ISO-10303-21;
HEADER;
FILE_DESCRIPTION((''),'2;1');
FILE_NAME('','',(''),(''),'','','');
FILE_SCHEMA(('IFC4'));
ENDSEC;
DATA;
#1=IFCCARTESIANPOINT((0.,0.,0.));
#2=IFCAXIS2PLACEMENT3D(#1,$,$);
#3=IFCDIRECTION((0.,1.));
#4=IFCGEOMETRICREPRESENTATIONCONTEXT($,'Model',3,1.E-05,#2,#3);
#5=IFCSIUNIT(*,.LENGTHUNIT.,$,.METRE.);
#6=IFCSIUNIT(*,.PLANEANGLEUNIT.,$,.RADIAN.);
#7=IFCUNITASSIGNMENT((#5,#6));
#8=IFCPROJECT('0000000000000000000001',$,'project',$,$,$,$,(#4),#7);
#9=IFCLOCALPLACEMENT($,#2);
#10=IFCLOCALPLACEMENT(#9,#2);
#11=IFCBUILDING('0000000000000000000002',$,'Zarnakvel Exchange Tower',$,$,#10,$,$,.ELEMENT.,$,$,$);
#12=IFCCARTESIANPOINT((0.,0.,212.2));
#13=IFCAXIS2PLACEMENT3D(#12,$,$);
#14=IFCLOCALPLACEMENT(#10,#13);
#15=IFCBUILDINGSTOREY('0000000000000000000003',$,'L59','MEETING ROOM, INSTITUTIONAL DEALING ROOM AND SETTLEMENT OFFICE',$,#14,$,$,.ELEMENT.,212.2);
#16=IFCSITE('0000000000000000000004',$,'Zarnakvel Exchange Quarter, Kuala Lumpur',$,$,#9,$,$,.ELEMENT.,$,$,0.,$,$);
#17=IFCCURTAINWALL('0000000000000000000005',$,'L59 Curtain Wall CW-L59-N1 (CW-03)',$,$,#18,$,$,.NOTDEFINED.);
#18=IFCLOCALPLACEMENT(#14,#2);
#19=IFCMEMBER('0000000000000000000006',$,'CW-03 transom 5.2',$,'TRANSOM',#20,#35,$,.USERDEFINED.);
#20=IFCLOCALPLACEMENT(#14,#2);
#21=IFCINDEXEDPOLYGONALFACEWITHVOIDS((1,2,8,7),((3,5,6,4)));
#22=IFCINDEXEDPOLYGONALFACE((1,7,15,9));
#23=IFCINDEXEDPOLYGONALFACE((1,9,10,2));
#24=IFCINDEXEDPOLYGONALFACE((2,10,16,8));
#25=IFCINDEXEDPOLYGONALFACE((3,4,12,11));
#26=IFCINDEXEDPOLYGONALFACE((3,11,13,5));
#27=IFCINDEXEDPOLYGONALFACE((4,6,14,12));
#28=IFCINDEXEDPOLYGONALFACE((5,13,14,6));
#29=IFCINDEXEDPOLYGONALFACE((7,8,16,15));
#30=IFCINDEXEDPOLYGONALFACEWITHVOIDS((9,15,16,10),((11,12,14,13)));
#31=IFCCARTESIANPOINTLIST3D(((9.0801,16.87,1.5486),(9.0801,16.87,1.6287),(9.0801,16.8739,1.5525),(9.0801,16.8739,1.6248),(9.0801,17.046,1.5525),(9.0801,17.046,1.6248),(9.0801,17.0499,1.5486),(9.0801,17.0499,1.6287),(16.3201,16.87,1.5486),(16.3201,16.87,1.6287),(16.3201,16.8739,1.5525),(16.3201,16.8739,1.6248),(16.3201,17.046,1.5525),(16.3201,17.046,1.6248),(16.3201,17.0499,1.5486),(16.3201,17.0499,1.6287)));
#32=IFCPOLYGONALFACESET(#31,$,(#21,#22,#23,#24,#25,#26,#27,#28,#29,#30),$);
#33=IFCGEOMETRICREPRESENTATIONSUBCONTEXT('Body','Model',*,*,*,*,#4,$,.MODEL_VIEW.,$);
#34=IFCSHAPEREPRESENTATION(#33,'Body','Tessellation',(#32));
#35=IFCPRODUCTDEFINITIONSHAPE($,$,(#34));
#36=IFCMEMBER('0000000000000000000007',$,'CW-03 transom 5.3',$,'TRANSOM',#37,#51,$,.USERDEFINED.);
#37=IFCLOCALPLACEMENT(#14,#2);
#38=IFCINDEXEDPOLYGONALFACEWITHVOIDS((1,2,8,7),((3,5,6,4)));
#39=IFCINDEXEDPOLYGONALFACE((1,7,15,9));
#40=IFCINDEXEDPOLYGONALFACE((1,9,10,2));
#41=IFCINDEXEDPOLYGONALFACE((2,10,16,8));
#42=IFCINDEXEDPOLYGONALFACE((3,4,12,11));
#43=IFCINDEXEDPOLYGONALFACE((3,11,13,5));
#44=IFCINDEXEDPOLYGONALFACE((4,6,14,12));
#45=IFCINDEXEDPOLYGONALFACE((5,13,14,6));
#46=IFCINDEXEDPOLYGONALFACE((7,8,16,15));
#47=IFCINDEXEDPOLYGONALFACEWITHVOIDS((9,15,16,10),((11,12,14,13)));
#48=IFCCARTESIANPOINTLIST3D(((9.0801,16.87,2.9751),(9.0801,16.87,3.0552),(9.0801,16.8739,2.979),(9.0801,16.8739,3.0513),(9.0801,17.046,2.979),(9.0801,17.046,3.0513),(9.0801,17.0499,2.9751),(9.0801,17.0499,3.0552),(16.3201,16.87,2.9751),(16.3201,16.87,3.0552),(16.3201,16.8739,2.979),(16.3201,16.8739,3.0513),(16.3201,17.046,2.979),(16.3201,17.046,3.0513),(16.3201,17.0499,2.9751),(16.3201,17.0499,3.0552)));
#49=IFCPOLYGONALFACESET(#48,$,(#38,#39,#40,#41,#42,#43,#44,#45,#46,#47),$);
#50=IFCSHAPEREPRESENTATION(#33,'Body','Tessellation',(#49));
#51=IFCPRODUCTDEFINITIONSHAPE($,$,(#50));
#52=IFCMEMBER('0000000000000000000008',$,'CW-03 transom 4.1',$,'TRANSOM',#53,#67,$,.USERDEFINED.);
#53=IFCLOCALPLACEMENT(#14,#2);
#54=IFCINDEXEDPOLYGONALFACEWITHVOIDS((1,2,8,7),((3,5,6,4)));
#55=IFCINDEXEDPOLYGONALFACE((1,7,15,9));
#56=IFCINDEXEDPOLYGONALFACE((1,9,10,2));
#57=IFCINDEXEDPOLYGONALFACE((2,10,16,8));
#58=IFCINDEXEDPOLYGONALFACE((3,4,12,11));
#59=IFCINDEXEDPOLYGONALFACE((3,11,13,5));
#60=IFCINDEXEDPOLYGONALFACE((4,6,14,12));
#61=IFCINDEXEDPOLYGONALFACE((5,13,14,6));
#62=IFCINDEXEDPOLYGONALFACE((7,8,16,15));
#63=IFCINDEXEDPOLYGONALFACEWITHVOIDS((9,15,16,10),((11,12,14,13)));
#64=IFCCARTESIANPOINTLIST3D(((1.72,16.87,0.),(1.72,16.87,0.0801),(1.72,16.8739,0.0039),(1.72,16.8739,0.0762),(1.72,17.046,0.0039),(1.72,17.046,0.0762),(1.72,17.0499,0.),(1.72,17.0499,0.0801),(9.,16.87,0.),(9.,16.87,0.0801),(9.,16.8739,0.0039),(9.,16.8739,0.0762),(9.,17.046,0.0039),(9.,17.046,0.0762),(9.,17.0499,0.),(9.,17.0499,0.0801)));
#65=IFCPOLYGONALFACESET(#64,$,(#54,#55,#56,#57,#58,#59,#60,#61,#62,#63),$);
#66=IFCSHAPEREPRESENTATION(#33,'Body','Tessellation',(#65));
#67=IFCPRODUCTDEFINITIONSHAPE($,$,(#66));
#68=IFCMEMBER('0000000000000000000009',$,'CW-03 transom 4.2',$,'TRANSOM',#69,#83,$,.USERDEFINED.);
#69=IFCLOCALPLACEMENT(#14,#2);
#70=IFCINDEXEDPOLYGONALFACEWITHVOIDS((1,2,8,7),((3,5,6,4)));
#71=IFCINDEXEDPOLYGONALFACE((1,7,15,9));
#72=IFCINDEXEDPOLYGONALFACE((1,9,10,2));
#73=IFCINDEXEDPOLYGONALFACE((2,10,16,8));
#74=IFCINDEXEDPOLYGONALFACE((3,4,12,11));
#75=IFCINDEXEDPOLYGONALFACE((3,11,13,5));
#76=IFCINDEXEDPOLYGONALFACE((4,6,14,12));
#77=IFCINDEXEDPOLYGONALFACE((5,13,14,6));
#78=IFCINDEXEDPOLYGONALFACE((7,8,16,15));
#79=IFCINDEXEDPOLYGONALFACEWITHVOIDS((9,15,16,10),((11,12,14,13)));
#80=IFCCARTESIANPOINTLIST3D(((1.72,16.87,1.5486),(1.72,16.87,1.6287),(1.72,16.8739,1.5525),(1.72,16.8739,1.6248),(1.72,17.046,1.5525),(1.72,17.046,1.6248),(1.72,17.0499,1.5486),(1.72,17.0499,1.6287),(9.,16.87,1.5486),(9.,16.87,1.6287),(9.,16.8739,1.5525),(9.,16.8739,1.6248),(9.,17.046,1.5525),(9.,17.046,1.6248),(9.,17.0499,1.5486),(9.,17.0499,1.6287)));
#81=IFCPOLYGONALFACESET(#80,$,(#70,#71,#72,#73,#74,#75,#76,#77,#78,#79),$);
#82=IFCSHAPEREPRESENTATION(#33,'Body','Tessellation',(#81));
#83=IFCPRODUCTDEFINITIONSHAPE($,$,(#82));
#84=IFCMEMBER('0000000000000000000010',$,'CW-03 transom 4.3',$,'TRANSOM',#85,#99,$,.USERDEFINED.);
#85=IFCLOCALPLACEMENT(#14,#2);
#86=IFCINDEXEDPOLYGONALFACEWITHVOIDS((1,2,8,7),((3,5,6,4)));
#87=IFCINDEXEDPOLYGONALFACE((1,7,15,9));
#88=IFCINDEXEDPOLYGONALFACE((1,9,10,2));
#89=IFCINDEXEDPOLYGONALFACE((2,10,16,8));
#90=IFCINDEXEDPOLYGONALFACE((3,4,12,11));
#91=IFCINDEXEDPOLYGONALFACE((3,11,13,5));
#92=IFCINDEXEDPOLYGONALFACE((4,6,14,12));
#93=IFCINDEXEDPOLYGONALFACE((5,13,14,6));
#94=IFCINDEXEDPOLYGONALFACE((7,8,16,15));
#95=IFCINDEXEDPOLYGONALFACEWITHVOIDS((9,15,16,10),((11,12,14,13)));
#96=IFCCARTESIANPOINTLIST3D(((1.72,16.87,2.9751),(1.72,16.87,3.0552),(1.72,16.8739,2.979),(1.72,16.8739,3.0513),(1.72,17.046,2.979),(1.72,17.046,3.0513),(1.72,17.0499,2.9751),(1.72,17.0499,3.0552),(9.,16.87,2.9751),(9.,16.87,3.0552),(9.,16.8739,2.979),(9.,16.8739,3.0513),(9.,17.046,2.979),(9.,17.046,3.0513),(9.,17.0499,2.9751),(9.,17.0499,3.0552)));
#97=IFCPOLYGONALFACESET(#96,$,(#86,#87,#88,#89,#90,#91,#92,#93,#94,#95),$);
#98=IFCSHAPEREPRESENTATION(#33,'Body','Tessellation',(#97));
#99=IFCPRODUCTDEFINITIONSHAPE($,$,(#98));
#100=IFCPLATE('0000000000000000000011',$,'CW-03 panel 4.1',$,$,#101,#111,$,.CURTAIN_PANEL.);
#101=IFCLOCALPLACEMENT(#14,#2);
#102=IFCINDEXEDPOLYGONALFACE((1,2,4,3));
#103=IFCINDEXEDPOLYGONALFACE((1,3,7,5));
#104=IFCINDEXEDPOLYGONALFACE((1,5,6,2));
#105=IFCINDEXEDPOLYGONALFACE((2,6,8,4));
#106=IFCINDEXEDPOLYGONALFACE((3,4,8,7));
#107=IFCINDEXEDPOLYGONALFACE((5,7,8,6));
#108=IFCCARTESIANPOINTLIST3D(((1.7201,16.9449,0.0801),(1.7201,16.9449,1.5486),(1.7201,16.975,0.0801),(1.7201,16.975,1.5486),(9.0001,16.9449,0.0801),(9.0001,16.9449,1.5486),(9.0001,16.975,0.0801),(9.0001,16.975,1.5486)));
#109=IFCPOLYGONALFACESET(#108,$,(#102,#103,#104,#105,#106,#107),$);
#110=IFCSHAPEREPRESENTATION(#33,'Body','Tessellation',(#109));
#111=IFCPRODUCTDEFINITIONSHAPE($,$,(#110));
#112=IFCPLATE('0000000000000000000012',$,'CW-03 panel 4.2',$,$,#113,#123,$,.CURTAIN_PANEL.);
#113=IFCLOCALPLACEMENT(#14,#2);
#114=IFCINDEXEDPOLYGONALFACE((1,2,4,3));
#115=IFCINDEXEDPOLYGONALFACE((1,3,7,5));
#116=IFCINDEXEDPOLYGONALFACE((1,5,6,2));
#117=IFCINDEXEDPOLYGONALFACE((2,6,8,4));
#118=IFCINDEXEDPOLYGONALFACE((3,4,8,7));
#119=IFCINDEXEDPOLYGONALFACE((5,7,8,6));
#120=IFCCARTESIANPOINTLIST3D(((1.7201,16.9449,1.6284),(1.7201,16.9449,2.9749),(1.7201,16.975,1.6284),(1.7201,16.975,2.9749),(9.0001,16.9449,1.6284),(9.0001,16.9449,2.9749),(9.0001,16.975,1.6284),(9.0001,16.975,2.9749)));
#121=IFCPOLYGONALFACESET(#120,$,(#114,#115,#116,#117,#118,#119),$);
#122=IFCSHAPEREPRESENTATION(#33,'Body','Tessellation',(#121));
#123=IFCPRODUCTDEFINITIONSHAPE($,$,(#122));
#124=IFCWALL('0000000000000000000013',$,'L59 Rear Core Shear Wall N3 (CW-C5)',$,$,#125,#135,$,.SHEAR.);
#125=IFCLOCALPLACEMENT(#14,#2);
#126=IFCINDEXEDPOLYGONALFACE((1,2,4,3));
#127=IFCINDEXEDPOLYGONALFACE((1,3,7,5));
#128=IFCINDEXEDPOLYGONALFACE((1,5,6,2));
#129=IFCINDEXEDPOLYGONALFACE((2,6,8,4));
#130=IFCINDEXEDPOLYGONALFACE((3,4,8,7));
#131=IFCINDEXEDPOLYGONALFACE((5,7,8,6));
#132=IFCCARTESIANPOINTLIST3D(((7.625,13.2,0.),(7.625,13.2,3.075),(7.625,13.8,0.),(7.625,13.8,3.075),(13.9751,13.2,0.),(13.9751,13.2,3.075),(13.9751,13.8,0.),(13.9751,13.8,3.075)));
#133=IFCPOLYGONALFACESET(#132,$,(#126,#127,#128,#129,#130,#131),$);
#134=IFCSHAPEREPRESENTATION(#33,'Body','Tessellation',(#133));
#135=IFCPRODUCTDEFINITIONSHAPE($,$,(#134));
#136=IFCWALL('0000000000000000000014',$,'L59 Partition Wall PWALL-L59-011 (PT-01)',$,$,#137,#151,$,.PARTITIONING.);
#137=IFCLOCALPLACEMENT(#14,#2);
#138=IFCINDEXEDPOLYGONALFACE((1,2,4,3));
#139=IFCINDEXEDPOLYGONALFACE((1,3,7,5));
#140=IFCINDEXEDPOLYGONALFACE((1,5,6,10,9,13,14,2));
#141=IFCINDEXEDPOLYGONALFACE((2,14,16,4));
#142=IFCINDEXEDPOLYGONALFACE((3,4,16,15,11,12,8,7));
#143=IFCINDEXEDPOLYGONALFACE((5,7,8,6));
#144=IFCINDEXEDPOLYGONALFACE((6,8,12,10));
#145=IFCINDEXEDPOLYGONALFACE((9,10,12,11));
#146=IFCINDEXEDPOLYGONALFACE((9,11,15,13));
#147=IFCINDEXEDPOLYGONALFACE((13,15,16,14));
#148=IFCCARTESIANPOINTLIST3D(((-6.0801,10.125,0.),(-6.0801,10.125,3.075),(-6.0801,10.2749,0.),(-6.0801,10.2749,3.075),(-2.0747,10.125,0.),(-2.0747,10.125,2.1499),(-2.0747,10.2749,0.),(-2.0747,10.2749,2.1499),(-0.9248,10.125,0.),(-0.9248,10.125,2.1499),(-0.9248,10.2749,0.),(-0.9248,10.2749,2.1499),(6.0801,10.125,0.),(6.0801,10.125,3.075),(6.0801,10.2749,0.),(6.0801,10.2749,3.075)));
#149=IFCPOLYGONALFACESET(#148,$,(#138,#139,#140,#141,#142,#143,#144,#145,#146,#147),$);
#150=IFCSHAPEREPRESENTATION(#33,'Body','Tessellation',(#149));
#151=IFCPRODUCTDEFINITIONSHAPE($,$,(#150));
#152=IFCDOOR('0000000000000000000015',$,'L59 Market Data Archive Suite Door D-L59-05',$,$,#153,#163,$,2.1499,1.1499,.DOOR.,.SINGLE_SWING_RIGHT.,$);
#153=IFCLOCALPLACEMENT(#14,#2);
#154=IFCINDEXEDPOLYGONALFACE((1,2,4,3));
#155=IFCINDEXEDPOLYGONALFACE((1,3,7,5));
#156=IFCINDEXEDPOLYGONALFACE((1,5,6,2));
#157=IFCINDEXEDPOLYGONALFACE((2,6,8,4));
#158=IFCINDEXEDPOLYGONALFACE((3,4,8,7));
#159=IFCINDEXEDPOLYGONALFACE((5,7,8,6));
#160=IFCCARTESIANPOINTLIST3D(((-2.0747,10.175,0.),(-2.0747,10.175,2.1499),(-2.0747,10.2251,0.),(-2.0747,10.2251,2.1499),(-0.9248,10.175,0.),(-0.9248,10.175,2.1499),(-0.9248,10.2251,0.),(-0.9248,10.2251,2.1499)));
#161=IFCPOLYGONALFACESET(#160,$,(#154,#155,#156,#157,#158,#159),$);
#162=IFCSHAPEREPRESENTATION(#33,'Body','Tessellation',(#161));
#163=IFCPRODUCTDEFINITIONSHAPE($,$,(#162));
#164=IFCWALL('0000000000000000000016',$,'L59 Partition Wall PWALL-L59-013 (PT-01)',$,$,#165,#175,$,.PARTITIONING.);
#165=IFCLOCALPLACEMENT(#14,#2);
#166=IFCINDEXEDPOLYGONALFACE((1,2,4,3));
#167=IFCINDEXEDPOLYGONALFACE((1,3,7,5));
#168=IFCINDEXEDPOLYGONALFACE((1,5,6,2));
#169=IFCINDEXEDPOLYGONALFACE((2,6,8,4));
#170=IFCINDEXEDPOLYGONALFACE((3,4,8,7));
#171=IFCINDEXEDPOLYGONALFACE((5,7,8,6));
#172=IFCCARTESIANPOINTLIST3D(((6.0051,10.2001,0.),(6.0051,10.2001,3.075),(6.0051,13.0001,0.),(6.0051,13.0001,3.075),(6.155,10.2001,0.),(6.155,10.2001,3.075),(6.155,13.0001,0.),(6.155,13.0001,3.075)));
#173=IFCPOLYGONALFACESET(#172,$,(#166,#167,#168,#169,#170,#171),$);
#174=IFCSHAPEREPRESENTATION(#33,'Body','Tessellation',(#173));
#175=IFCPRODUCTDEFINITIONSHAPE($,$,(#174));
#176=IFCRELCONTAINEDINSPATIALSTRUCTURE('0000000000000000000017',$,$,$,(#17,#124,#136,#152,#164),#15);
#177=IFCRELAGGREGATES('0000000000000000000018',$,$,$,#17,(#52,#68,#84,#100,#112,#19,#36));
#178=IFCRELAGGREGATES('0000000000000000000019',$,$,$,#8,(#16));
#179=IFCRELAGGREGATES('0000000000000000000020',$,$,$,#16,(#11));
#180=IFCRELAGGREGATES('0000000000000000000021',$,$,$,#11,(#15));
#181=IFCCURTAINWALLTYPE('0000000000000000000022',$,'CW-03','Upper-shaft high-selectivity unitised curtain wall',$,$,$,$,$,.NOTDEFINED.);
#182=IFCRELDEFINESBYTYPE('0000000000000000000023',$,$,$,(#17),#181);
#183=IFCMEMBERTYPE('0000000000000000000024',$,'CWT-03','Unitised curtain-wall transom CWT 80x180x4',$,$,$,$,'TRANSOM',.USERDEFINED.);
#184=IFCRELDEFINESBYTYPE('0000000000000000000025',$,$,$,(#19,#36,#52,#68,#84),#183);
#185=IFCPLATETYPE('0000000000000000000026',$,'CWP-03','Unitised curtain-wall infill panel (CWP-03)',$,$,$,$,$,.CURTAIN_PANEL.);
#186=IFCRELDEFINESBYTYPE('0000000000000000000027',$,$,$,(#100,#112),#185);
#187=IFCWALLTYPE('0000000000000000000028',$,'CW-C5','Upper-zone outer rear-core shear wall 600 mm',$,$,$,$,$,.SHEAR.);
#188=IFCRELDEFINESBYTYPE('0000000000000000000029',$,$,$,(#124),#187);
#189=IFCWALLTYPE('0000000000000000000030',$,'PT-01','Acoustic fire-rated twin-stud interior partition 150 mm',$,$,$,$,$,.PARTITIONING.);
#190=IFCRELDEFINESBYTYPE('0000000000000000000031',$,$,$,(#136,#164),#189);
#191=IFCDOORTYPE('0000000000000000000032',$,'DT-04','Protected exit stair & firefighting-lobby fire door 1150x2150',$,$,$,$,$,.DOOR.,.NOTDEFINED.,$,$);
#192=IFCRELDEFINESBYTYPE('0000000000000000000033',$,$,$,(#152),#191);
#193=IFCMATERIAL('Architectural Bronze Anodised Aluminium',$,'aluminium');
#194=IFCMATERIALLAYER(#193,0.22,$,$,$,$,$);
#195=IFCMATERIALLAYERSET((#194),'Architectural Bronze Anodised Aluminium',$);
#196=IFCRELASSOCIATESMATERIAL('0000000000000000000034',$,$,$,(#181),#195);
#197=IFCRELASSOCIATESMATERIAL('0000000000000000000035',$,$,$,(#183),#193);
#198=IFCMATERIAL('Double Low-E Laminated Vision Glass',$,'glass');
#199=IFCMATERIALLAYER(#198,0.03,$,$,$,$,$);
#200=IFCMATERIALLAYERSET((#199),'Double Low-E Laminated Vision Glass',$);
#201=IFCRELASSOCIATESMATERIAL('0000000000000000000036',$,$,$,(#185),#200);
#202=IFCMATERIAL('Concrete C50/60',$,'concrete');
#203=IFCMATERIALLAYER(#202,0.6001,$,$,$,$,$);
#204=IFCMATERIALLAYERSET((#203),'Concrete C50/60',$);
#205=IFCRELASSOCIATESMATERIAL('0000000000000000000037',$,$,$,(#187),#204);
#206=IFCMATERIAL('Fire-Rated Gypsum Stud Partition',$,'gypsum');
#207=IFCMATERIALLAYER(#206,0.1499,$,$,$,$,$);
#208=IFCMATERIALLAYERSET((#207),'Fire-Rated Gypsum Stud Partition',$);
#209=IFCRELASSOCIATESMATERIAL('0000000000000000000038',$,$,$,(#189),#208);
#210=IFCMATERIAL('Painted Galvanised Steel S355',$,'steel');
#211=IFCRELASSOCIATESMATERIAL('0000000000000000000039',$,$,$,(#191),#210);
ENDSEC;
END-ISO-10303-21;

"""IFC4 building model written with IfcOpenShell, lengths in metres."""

from ifc_helpers import new_model, si_unit, direction, frame, frame_2d, origin, origin_2d, place, context, subcontext, project, spatial, rectangle, hollow_rectangle, extrude, source, transform, mapped, material, layer, layer_set, material_profile, profile_set, type_object, element, fill, aggregate, save


model = new_model("IFC4")

# Units and contexts
model_context = context("Model", 3, precision=1e-05, world=origin(), true_north=direction((0.0, 1.0)))
body_context = subcontext(model_context, "Body", "Model", "MODEL_VIEW")
ifc_project = project(units=[si_unit("LENGTHUNIT", "METRE"), si_unit("PLANEANGLEUNIT", "RADIAN")], contexts=[model_context])

# Site, building, storey
site_placement = place(None, origin())
site = spatial("IfcSite", under=ifc_project, at=site_placement, Name="Zarnakvel Exchange Quarter, Kuala Lumpur", CompositionType="ELEMENT", RefElevation=0.0)
building_placement = place(site_placement, origin())
building = spatial("IfcBuilding", under=site, at=building_placement, Name="Zarnakvel Exchange Tower", CompositionType="ELEMENT")
storey_placement = place(building_placement, frame((0.0, 0.0, 212.2)))
storey = spatial("IfcBuildingStorey", under=building, at=storey_placement, Name="L59", Description="MEETING ROOM, INSTITUTIONAL DEALING ROOM AND SETTLEMENT OFFICE", CompositionType="ELEMENT", Elevation=212.2)

# Shared definitions
ifc_material_1 = material(Name="Concrete C50/60", Category="concrete")

# Curtain wall, members, plates
ifc_material_2 = material(Name="Architectural Bronze Anodised Aluminium", Category="aluminium")
ifc_layer_1 = layer(ifc_material_2, 0.22)
ifc_layer_set_1 = layer_set([ifc_layer_1], Name="Architectural Bronze Anodised Aluminium")
curtain_wall_type = type_object("IfcCurtainWallType", Name="CW-03", Description="Upper-shaft high-selectivity unitised curtain wall", PredefinedType="NOTDEFINED", material=ifc_layer_set_1)
curtain_wall_placement = place(storey_placement, origin())
curtain_wall = element("IfcCurtainWall", 1, at=curtain_wall_placement, inside=storey, type_object=curtain_wall_type, Name="L59 Curtain Wall CW-L59-N1 (CW-03)", PredefinedType="NOTDEFINED")
ifc_material_profile_1 = material_profile(ifc_material_2, hollow_rectangle(XDim=0.1799, YDim=0.0801, WallThickness=0.0039, at=origin_2d()))
ifc_profile_set_1 = profile_set([ifc_material_profile_1], Name="Architectural Bronze Anodised Aluminium")
member_type_1 = type_object("IfcMemberType", Name="CWT-03", Description="Unitised curtain-wall transom CWT 80x180x4", ElementType="TRANSOM", PredefinedType="USERDEFINED", material=ifc_profile_set_1)
shared_shape_1 = source(origin(), body_context, "Body", "SweptSolid", [
    extrude(hollow_rectangle(XDim=0.1799, YDim=0.0801, WallThickness=0.0039, at=origin_2d()), origin(), (0.0, 0.0, 1.0), 7.24),
])
member_1_placement = place(storey_placement, frame((9.0801, 16.96, 1.5886), z_axis=(1.0, 0.0, 0.0), x_axis=(0.0, 1.0, 0.0)))
member_1 = element("IfcMember", 2, at=member_1_placement, type_object=member_type_1, Name="CW-03 transom 5.2", ObjectType="TRANSOM", PredefinedType="USERDEFINED", context=body_context, shape_type="MappedRepresentation", body=[
    mapped(shared_shape_1, transform((0.0, 0.0, 0.0), x_axis=(1.0, 0.0, 0.0), y_axis=(0.0, 1.0, 0.0), z_axis=(0.0, 0.0, 1.0), scale=1.0)),
])
member_2_placement = place(storey_placement, frame((9.0801, 16.96, 3.0151), z_axis=(1.0, 0.0, 0.0), x_axis=(0.0, 1.0, 0.0)))
member_2 = element("IfcMember", 3, at=member_2_placement, type_object=member_type_1, Name="CW-03 transom 5.3", ObjectType="TRANSOM", PredefinedType="USERDEFINED", context=body_context, shape_type="MappedRepresentation", body=[
    mapped(shared_shape_1, transform((0.0, 0.0, 0.0), x_axis=(1.0, 0.0, 0.0), y_axis=(0.0, 1.0, 0.0), z_axis=(0.0, 0.0, 1.0), scale=1.0)),
])
shared_shape_2 = source(origin(), body_context, "Body", "SweptSolid", [
    extrude(hollow_rectangle(XDim=0.1799, YDim=0.0801, WallThickness=0.0039, at=origin_2d()), origin(), (0.0, 0.0, 1.0), 7.28),
])
member_3_placement = place(storey_placement, frame((1.72, 16.96, 0.04), z_axis=(1.0, 0.0, 0.0), x_axis=(0.0, 1.0, 0.0)))
member_3 = element("IfcMember", 4, at=member_3_placement, type_object=member_type_1, Name="CW-03 transom 4.1", ObjectType="TRANSOM", PredefinedType="USERDEFINED", context=body_context, shape_type="MappedRepresentation", body=[
    mapped(shared_shape_2, transform((0.0, 0.0, 0.0), x_axis=(1.0, 0.0, 0.0), y_axis=(0.0, 1.0, 0.0), z_axis=(0.0, 0.0, 1.0), scale=1.0)),
])
member_4_placement = place(storey_placement, frame((1.72, 16.96, 1.5886), z_axis=(1.0, 0.0, 0.0), x_axis=(0.0, 1.0, 0.0)))
member_4 = element("IfcMember", 5, at=member_4_placement, type_object=member_type_1, Name="CW-03 transom 4.2", ObjectType="TRANSOM", PredefinedType="USERDEFINED", context=body_context, shape_type="MappedRepresentation", body=[
    mapped(shared_shape_2, transform((0.0, 0.0, 0.0), x_axis=(1.0, 0.0, 0.0), y_axis=(0.0, 1.0, 0.0), z_axis=(0.0, 0.0, 1.0), scale=1.0)),
])
member_5_placement = place(storey_placement, frame((1.72, 16.96, 3.0151), z_axis=(1.0, 0.0, 0.0), x_axis=(0.0, 1.0, 0.0)))
member_5 = element("IfcMember", 6, at=member_5_placement, type_object=member_type_1, Name="CW-03 transom 4.3", ObjectType="TRANSOM", PredefinedType="USERDEFINED", context=body_context, shape_type="MappedRepresentation", body=[
    mapped(shared_shape_2, transform((0.0, 0.0, 0.0), x_axis=(1.0, 0.0, 0.0), y_axis=(0.0, 1.0, 0.0), z_axis=(0.0, 0.0, 1.0), scale=1.0)),
])
ifc_material_3 = material(Name="Double Low-E Laminated Vision Glass", Category="glass")
ifc_layer_2 = layer(ifc_material_3, 0.03)
ifc_layer_set_2 = layer_set([ifc_layer_2], Name="Double Low-E Laminated Vision Glass")
plate_type = type_object("IfcPlateType", Name="CWP-03", Description="Unitised curtain-wall infill panel (CWP-03)", PredefinedType="CURTAIN_PANEL", material=ifc_layer_set_2)
shared_shape_3 = source(origin(), body_context, "Body", "SweptSolid", [
    extrude(rectangle(XDim=7.28, YDim=0.03, at=origin_2d()), origin(), (0.0, 0.0, 1.0), 1.4685),
])
plate_1_placement = place(storey_placement, frame((5.3601, 16.96, 0.0801), z_axis=(0.0, 0.0, 1.0), x_axis=(1.0, 0.0, 0.0)))
plate_1 = element("IfcPlate", 7, at=plate_1_placement, type_object=plate_type, Name="CW-03 panel 4.1", PredefinedType="CURTAIN_PANEL", context=body_context, shape_type="MappedRepresentation", body=[
    mapped(shared_shape_3, transform((0.0, 0.0, 0.0), x_axis=(1.0, 0.0, 0.0), y_axis=(0.0, 1.0, 0.0), z_axis=(0.0, 0.0, 1.0), scale=1.0)),
])
shared_shape_4 = source(origin(), body_context, "Body", "SweptSolid", [
    extrude(rectangle(XDim=7.28, YDim=0.03, at=origin_2d()), origin(), (0.0, 0.0, 1.0), 1.3464),
])
plate_2_placement = place(storey_placement, frame((5.3601, 16.96, 1.6284), z_axis=(0.0, 0.0, 1.0), x_axis=(1.0, 0.0, 0.0)))
plate_2 = element("IfcPlate", 8, at=plate_2_placement, type_object=plate_type, Name="CW-03 panel 4.2", PredefinedType="CURTAIN_PANEL", context=body_context, shape_type="MappedRepresentation", body=[
    mapped(shared_shape_4, transform((0.0, 0.0, 0.0), x_axis=(1.0, 0.0, 0.0), y_axis=(0.0, 1.0, 0.0), z_axis=(0.0, 0.0, 1.0), scale=1.0)),
])
aggregate(curtain_wall, [member_3, member_4, member_5, plate_1, plate_2, member_1, member_2])

# Wall
ifc_layer_3 = layer(ifc_material_1, 0.6001)
ifc_layer_set_3 = layer_set([ifc_layer_3], Name="Concrete C50/60")
wall_type_1 = type_object("IfcWallType", Name="CW-C5", Description="Upper-zone outer rear-core shear wall 600 mm", PredefinedType="SHEAR", material=ifc_layer_set_3)
wall_1_placement = place(storey_placement, frame((7.625, 13.5, 0.0), z_axis=(0.0, 0.0, 1.0), x_axis=(1.0, 0.0, 0.0)))
element("IfcWall", 9, at=wall_1_placement, inside=storey, type_object=wall_type_1, Name="L59 Rear Core Shear Wall N3 (CW-C5)", PredefinedType="SHEAR", context=body_context, shape_type="SweptSolid", body=[
    extrude(rectangle(XDim=6.3501, YDim=0.6001, at=frame_2d((3.175, 0.0))), origin(), (0.0, 0.0, 1.0), 3.075),
])

# Wall, opening, door
ifc_material_4 = material(Name="Fire-Rated Gypsum Stud Partition", Category="gypsum")
ifc_layer_4 = layer(ifc_material_4, 0.1499)
ifc_layer_set_4 = layer_set([ifc_layer_4], Name="Fire-Rated Gypsum Stud Partition")
wall_type_2 = type_object("IfcWallType", Name="PT-01", Description="Acoustic fire-rated twin-stud interior partition 150 mm", PredefinedType="PARTITIONING", material=ifc_layer_set_4)
wall_2_placement = place(storey_placement, frame((6.0801, 10.2, 0.0), z_axis=(0.0, 0.0, 1.0), x_axis=(-1.0, 0.0, 0.0)))
wall_2 = element("IfcWall", 10, at=wall_2_placement, inside=storey, type_object=wall_type_2, Name="L59 Partition Wall PWALL-L59-011 (PT-01)", PredefinedType="PARTITIONING", context=body_context, shape_type="SweptSolid", body=[
    extrude(rectangle(XDim=12.1602, YDim=0.1499, at=frame_2d((6.0801, 0.0))), origin(), (0.0, 0.0, 1.0), 3.075),
])
opening_1_placement = place(wall_2_placement, frame((7.0049, 0.0, 0.0)))
opening_1 = element("IfcOpeningElement", 11, at=opening_1_placement, cuts=wall_2, PredefinedType="OPENING", context=body_context, shape_type="SweptSolid", body=[
    extrude(rectangle(XDim=1.1499, YDim=2.1499, at=frame_2d((0.575, 1.075))), frame((0.0, 0.085, 0.0), z_axis=(0.0, -1.0, 0.0), x_axis=(1.0, 0.0, 0.0)), (0.0, 0.0, 1.0), 0.1699),
])
ifc_material_5 = material(Name="Painted Galvanised Steel S355", Category="steel")
door_type_1 = type_object("IfcDoorType", Name="DT-04", Description="Protected exit stair & firefighting-lobby fire door 1150x2150", OperationType="NOTDEFINED", PredefinedType="DOOR", material=ifc_material_5)
shared_shape_5 = source(origin(), body_context, "Body", "SweptSolid", [
    extrude(rectangle(XDim=1.1499, YDim=2.1499, at=frame_2d((0.575, 1.075))), frame((0.0, 0.0249, 0.0), z_axis=(0.0, -1.0, 0.0), x_axis=(1.0, 0.0, 0.0)), (0.0, 0.0, 1.0), 0.05),
])
door_1_placement = place(opening_1_placement, origin())
door_1 = element("IfcDoor", 12, at=door_1_placement, inside=storey, type_object=door_type_1, Name="L59 Market Data Archive Suite Door D-L59-05", OperationType="SINGLE_SWING_RIGHT", OverallHeight=2.1499, OverallWidth=1.1499, PredefinedType="DOOR", context=body_context, shape_type="MappedRepresentation", body=[
    mapped(shared_shape_5, transform((0.0, 0.0, 0.0), x_axis=(1.0, 0.0, 0.0), y_axis=(0.0, 1.0, 0.0), z_axis=(0.0, 0.0, 1.0), scale=1.0)),
])
fill(opening_1, door_1)

# Wall
wall_3_placement = place(storey_placement, frame((6.0801, 13.0, 0.0), z_axis=(0.0, 0.0, 1.0), x_axis=(0.0, -1.0, 0.0)))
element("IfcWall", 13, at=wall_3_placement, inside=storey, type_object=wall_type_2, Name="L59 Partition Wall PWALL-L59-013 (PT-01)", PredefinedType="PARTITIONING", context=body_context, shape_type="SweptSolid", body=[
    extrude(rectangle(XDim=2.8, YDim=0.1499, at=frame_2d((1.3999, 0.0))), origin(), (0.0, 0.0, 1.0), 3.075),
])

save(model, "model.ifc")
